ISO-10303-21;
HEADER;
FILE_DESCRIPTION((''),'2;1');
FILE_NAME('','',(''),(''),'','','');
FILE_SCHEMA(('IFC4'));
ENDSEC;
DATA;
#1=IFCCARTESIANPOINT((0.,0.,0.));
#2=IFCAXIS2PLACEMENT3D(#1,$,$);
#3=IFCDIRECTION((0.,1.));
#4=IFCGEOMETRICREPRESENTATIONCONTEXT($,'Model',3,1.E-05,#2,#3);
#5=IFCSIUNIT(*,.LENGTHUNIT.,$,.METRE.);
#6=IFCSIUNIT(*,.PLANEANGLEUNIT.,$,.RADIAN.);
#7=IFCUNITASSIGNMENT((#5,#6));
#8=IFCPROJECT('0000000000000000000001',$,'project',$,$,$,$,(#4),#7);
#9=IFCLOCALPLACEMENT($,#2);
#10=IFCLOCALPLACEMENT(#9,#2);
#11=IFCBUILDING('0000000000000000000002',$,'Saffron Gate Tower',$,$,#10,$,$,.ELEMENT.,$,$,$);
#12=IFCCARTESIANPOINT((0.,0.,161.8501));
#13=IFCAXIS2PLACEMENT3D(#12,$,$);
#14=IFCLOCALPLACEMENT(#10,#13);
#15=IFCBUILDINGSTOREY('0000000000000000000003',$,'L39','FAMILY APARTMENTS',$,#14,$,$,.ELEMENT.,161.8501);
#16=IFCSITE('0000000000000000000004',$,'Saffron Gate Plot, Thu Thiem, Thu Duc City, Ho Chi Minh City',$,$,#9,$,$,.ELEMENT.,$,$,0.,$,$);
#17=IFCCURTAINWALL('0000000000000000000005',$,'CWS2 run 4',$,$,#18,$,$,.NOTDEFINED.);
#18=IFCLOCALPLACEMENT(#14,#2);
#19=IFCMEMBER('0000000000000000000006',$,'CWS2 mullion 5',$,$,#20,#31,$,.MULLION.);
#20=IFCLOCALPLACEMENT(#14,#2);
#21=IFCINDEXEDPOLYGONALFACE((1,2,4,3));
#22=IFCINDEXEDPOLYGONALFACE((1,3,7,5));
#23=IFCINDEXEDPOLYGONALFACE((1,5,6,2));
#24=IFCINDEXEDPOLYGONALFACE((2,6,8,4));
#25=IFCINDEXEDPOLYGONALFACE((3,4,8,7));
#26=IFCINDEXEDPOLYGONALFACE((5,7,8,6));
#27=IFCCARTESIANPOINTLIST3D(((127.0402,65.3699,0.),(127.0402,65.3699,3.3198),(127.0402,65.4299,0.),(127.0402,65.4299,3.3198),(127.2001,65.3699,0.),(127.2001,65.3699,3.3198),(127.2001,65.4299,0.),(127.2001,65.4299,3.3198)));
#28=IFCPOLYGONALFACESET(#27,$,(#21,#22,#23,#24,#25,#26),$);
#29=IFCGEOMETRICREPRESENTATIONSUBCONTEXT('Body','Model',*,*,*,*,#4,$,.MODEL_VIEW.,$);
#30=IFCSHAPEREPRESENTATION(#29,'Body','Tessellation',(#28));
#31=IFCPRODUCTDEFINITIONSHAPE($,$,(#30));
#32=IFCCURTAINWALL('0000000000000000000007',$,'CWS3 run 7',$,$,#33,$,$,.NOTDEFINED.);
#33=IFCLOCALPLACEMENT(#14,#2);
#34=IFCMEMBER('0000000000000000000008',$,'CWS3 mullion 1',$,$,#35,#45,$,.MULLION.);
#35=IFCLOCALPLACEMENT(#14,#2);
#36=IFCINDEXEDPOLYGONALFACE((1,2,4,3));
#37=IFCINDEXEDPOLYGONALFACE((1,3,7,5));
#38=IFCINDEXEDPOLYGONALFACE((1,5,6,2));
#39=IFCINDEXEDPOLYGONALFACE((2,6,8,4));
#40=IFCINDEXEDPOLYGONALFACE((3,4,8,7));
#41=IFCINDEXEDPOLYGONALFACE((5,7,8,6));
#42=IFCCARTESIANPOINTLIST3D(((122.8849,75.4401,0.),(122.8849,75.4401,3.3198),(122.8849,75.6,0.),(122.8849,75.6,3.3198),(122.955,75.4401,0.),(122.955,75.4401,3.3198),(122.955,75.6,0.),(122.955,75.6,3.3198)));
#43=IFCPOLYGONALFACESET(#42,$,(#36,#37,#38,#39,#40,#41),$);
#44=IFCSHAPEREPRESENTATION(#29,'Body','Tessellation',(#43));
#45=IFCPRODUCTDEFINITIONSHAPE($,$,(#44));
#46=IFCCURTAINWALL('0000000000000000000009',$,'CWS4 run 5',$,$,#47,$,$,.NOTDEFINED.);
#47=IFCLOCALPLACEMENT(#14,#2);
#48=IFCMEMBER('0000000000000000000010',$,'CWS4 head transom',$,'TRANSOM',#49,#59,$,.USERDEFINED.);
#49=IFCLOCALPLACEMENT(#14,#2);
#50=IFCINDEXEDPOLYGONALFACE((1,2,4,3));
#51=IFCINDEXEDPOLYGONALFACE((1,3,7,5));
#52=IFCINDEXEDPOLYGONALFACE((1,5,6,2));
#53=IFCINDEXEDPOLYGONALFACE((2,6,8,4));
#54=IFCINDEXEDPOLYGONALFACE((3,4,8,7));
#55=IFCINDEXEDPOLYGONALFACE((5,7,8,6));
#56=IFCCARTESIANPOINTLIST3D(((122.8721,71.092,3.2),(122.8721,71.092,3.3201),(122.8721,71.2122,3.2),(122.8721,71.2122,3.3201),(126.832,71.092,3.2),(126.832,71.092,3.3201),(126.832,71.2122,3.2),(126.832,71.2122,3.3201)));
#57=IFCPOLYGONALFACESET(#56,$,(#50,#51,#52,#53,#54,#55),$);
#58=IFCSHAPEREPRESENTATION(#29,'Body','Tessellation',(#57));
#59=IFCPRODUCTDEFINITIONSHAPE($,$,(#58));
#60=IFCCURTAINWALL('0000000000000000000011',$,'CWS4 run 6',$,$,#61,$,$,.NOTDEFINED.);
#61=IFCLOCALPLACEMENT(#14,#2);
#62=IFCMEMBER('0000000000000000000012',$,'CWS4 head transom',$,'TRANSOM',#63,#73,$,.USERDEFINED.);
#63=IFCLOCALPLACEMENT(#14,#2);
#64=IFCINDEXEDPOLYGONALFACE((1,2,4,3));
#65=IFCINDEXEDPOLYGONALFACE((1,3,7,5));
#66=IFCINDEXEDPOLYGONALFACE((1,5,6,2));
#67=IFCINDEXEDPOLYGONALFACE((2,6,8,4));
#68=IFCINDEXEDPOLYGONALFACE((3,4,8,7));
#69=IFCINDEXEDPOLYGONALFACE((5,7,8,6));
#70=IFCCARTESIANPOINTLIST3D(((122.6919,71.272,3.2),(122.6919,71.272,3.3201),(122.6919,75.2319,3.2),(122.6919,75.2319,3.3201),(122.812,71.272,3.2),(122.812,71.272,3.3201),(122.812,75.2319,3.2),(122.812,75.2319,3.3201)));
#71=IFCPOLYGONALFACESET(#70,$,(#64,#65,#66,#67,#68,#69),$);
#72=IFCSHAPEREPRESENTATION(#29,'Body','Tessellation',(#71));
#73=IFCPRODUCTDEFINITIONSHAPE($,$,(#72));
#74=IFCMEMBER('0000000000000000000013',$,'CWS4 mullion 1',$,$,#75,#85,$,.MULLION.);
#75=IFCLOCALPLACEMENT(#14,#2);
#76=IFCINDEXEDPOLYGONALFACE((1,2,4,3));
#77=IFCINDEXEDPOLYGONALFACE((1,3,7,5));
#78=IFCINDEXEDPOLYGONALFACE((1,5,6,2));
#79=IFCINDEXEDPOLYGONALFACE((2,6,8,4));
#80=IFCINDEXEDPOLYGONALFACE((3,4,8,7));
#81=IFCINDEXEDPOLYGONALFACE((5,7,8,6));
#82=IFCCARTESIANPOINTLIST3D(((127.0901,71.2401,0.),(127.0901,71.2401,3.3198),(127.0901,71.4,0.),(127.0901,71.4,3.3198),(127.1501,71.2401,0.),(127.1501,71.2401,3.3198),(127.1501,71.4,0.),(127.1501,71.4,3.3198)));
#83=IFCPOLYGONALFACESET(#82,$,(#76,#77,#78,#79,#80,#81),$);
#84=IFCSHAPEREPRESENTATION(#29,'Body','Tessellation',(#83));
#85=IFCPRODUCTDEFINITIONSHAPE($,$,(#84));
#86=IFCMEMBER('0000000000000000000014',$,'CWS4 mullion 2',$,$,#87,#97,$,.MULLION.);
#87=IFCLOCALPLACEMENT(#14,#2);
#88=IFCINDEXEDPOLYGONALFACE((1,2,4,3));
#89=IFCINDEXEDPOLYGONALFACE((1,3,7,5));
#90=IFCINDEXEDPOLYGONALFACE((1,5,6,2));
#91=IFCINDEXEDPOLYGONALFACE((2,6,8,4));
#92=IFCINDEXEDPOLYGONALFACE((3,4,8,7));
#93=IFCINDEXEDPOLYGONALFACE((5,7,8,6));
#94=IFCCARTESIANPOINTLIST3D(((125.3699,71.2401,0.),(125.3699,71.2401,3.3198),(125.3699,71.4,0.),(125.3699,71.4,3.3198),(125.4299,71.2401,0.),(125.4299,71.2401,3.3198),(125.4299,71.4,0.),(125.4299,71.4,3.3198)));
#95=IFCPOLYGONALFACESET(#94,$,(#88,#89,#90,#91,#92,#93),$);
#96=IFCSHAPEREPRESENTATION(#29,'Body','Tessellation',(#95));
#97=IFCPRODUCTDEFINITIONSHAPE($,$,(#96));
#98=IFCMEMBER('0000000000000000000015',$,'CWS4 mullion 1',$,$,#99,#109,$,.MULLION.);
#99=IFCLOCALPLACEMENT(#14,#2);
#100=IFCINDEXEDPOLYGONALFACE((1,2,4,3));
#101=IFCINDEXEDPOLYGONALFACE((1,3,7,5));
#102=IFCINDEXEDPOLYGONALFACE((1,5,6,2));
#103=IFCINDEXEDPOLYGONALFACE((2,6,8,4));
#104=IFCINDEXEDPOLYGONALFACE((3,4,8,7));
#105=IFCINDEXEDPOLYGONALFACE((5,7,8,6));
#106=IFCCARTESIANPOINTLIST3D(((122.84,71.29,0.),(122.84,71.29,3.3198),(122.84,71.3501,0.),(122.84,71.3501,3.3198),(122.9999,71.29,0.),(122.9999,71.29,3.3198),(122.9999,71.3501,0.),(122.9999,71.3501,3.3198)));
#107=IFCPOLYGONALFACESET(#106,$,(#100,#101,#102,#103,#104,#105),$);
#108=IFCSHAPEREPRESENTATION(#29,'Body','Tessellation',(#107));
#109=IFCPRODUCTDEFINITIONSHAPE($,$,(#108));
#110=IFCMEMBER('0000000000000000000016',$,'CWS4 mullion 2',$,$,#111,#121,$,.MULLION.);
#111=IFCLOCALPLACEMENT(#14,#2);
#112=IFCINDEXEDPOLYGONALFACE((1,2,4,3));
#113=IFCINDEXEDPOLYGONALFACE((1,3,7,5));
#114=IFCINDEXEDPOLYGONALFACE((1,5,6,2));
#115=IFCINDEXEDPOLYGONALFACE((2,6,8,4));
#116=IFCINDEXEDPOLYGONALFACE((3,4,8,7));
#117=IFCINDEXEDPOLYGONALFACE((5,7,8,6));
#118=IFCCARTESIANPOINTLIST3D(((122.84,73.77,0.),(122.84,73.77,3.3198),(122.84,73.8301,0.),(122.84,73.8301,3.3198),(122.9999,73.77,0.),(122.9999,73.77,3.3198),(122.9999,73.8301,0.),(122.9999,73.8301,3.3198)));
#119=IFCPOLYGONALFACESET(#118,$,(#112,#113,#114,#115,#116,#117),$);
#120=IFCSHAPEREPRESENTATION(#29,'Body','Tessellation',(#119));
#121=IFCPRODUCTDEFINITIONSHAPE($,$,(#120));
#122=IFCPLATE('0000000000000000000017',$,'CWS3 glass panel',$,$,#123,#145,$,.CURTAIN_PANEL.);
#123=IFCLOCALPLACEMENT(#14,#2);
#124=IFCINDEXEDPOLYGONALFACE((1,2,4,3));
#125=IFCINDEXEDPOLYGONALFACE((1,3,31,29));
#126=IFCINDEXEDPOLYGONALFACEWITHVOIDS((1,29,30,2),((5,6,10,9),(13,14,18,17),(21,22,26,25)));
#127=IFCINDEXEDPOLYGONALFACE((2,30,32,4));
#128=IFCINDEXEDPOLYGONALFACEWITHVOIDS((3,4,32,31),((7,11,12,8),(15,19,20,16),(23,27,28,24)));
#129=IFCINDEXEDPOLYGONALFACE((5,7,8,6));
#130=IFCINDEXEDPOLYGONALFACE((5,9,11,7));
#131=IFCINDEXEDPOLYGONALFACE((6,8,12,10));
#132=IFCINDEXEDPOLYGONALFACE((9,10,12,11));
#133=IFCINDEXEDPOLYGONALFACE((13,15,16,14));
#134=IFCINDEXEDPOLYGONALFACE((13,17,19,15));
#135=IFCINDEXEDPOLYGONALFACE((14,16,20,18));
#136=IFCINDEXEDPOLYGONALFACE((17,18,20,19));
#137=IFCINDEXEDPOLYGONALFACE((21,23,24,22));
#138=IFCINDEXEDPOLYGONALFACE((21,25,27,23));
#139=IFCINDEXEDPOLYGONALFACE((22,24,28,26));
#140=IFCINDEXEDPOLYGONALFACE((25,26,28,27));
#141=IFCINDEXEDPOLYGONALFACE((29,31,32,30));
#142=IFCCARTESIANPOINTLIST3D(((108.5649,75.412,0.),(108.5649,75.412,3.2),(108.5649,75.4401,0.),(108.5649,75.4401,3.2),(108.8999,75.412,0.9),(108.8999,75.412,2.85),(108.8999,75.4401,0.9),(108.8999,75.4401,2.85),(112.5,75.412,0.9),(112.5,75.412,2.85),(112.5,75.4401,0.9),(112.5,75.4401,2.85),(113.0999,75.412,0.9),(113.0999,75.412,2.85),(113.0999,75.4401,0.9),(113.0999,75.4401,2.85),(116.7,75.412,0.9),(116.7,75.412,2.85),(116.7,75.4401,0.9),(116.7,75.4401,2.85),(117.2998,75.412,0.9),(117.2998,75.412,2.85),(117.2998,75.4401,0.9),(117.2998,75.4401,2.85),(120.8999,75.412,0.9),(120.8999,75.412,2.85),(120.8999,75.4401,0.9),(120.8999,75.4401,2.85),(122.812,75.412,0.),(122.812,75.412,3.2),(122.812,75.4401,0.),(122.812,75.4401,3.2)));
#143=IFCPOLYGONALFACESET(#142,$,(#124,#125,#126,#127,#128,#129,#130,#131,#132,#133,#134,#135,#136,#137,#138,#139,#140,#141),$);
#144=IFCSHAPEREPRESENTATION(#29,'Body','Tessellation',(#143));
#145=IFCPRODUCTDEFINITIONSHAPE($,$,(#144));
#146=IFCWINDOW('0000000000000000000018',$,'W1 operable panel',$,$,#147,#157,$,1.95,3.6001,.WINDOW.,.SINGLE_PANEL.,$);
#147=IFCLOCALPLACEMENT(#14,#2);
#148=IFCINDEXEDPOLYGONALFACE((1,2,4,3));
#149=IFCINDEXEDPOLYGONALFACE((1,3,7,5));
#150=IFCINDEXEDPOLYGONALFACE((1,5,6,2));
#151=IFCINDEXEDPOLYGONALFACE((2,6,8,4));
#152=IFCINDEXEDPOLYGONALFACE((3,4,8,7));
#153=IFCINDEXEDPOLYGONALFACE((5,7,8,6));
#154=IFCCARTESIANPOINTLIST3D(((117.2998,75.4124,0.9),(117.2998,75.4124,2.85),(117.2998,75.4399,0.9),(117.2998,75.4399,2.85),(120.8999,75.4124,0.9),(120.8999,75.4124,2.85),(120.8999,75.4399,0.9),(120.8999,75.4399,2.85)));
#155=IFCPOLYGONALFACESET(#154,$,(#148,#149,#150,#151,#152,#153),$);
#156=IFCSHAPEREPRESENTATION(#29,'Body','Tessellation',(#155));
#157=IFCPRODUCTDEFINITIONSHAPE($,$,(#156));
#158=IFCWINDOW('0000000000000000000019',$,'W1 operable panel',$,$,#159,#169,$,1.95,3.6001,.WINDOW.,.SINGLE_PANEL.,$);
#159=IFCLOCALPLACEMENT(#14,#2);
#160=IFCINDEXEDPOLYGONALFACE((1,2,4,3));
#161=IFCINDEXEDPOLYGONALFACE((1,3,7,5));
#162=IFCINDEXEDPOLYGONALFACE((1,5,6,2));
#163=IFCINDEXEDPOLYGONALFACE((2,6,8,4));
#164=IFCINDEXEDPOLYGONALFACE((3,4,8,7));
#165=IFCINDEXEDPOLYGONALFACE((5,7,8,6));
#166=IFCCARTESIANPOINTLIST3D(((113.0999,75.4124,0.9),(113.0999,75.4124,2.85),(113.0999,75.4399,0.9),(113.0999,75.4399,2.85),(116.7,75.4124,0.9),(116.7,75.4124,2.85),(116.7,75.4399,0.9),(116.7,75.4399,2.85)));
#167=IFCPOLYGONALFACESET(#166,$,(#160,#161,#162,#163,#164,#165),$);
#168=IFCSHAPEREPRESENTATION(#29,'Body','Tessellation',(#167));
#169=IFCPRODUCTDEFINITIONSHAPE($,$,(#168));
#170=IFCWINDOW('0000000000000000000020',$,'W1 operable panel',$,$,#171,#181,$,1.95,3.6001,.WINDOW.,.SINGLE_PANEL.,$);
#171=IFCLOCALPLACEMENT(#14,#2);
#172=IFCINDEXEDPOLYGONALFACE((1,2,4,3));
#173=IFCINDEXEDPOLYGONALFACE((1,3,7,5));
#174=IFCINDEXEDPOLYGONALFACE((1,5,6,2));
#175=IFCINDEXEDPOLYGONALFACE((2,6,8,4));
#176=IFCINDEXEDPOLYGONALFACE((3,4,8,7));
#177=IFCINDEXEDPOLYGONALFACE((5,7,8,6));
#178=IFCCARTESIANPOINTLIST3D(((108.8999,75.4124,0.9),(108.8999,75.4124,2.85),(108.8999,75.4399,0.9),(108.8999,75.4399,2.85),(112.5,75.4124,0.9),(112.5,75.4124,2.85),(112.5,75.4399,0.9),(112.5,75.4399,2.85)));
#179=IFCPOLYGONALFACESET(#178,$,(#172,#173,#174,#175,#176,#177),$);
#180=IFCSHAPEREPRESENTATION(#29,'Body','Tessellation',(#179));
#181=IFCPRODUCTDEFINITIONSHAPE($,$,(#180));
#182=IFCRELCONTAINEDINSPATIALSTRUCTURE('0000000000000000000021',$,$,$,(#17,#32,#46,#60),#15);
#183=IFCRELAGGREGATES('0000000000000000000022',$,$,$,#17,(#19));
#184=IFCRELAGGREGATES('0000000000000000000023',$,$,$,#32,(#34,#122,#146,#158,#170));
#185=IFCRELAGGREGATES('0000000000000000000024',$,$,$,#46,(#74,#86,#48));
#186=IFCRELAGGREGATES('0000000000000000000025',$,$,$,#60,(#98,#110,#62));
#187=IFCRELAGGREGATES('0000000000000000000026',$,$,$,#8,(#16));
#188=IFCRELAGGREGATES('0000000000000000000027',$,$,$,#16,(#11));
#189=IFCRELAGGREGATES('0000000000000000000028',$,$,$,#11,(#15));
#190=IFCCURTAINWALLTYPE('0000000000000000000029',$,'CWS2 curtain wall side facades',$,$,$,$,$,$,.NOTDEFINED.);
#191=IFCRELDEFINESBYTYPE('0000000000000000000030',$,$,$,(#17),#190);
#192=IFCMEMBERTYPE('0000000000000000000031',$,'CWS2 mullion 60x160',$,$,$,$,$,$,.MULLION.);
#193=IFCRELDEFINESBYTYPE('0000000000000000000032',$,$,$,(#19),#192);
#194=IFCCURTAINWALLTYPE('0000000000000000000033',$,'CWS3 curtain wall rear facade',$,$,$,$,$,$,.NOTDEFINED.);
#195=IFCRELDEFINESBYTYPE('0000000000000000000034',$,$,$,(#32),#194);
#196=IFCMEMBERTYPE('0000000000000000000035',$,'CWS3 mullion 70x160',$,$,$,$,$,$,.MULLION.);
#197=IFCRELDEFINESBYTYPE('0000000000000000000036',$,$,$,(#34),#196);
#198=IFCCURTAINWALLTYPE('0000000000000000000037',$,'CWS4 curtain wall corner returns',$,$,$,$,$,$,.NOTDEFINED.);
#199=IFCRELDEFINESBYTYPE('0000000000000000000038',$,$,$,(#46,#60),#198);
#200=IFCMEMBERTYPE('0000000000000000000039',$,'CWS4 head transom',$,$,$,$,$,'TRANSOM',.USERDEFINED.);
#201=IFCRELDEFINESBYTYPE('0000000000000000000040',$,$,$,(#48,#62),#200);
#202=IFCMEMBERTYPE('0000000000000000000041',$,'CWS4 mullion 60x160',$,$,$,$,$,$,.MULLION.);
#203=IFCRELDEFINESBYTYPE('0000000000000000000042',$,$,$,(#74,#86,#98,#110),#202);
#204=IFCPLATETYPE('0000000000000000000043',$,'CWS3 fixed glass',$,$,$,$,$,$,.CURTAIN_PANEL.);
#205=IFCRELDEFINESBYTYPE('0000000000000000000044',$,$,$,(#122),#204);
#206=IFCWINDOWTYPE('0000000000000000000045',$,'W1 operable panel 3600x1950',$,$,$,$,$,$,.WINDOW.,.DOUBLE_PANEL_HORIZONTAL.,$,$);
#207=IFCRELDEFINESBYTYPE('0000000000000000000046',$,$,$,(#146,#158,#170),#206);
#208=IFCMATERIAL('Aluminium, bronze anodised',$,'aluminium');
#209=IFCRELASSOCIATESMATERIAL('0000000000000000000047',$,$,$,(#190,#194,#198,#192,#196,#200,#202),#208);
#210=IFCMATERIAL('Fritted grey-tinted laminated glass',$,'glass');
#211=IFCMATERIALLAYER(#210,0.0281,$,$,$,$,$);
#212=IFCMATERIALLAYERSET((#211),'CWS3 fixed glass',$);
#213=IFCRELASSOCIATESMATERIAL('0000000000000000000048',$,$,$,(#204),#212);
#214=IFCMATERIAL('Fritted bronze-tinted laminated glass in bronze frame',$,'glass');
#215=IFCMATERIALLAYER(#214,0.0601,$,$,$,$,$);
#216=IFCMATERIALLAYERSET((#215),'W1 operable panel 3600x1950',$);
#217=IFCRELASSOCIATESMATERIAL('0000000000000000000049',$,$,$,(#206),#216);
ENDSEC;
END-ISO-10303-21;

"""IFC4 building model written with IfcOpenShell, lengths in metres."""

from ifc_helpers import new_model, si_unit, direction, frame, frame_2d, origin, origin_2d, place, context, subcontext, project, spatial, rectangle, extrude, material, layer, layer_set, material_profile, profile_set, type_object, element, fill, aggregate, save


model = new_model("IFC4")

# Units and contexts
model_context = context("Model", 3, precision=1e-05, world=origin(), true_north=direction((0.0, 1.0)))
body_context = subcontext(model_context, "Body", "Model", "MODEL_VIEW")
ifc_project = project(units=[si_unit("LENGTHUNIT", "METRE"), si_unit("PLANEANGLEUNIT", "RADIAN")], contexts=[model_context])

# Site, building, storey
site_placement = place(None, origin())
site = spatial("IfcSite", under=ifc_project, at=site_placement, Name="Saffron Gate Plot, Thu Thiem, Thu Duc City, Ho Chi Minh City", CompositionType="ELEMENT", RefElevation=0.0)
building_placement = place(site_placement, origin())
building = spatial("IfcBuilding", under=site, at=building_placement, Name="Saffron Gate Tower", CompositionType="ELEMENT")
storey_placement = place(building_placement, frame((0.0, 0.0, 161.8501)))
storey = spatial("IfcBuildingStorey", under=building, at=storey_placement, Name="L39", Description="FAMILY APARTMENTS", CompositionType="ELEMENT", Elevation=161.8501)

# Curtain walls, members
ifc_material_1 = material(Name="Aluminium, bronze anodised", Category="aluminium")
curtain_wall_type_1 = type_object("IfcCurtainWallType", Name="CWS2 curtain wall side facades", PredefinedType="NOTDEFINED", material=ifc_material_1)
curtain_wall_1_placement = place(storey_placement, origin())
curtain_wall_1 = element("IfcCurtainWall", 1, at=curtain_wall_1_placement, inside=storey, type_object=curtain_wall_type_1, Name="CWS2 run 4", PredefinedType="NOTDEFINED")
ifc_material_profile_1 = material_profile(ifc_material_1, rectangle(XDim=0.1599, YDim=0.0601, at=origin_2d()))
ifc_profile_set_1 = profile_set([ifc_material_profile_1], Name="Aluminium, bronze anodised")
member_type_1 = type_object("IfcMemberType", Name="CWS2 mullion 60x160", PredefinedType="MULLION", material=ifc_profile_set_1)
member_1_placement = place(storey_placement, frame((127.1201, 65.3999, 0.0), z_axis=(0.0, 0.0, 1.0), x_axis=(-1.0, 0.0, 0.0)))
member_1 = element("IfcMember", 2, at=member_1_placement, type_object=member_type_1, Name="CWS2 mullion 5", PredefinedType="MULLION", context=body_context, shape_type="SweptSolid", body=[
    extrude(rectangle(XDim=0.1599, YDim=0.0601, at=origin_2d()), origin(), (0.0, 0.0, 1.0), 3.3198),
])
aggregate(curtain_wall_1, [member_1])
curtain_wall_type_2 = type_object("IfcCurtainWallType", Name="CWS3 curtain wall rear facade", PredefinedType="NOTDEFINED", material=ifc_material_1)
curtain_wall_2_placement = place(storey_placement, origin())
curtain_wall_2 = element("IfcCurtainWall", 3, at=curtain_wall_2_placement, inside=storey, type_object=curtain_wall_type_2, Name="CWS3 run 7", PredefinedType="NOTDEFINED")
ifc_material_profile_2 = material_profile(ifc_material_1, rectangle(XDim=0.1599, YDim=0.0701, at=origin_2d()))
ifc_profile_set_2 = profile_set([ifc_material_profile_2], Name="Aluminium, bronze anodised")
member_type_2 = type_object("IfcMemberType", Name="CWS3 mullion 70x160", PredefinedType="MULLION", material=ifc_profile_set_2)
member_2_placement = place(storey_placement, frame((122.9199, 75.52, 0.0), z_axis=(0.0, 0.0, 1.0), x_axis=(0.0, -1.0, 0.0)))
member_2 = element("IfcMember", 4, at=member_2_placement, type_object=member_type_2, Name="CWS3 mullion 1", PredefinedType="MULLION", context=body_context, shape_type="SweptSolid", body=[
    extrude(rectangle(XDim=0.1599, YDim=0.0701, at=origin_2d()), origin(), (0.0, 0.0, 1.0), 3.3198),
])
curtain_wall_type_3 = type_object("IfcCurtainWallType", Name="CWS4 curtain wall corner returns", PredefinedType="NOTDEFINED", material=ifc_material_1)
curtain_wall_3_placement = place(storey_placement, origin())
curtain_wall_3 = element("IfcCurtainWall", 5, at=curtain_wall_3_placement, inside=storey, type_object=curtain_wall_type_3, Name="CWS4 run 5", PredefinedType="NOTDEFINED")
ifc_material_profile_3 = material_profile(ifc_material_1, rectangle(XDim=0.1201, YDim=0.1201, at=origin_2d()))
ifc_profile_set_3 = profile_set([ifc_material_profile_3], Name="Aluminium, bronze anodised")
member_type_3 = type_object("IfcMemberType", Name="CWS4 head transom", ElementType="TRANSOM", PredefinedType="USERDEFINED", material=ifc_profile_set_3)
member_3_placement = place(storey_placement, frame((126.832, 71.1521, 3.26), z_axis=(-1.0, 0.0, 0.0), x_axis=(0.0, -1.0, 0.0)))
member_3 = element("IfcMember", 6, at=member_3_placement, type_object=member_type_3, Name="CWS4 head transom", ObjectType="TRANSOM", PredefinedType="USERDEFINED", context=body_context, shape_type="SweptSolid", body=[
    extrude(rectangle(XDim=0.1201, YDim=0.1201, at=origin_2d()), origin(), (0.0, 0.0, 1.0), 3.96),
])
curtain_wall_4_placement = place(storey_placement, origin())
curtain_wall_4 = element("IfcCurtainWall", 7, at=curtain_wall_4_placement, inside=storey, type_object=curtain_wall_type_3, Name="CWS4 run 6", PredefinedType="NOTDEFINED")
member_4_placement = place(storey_placement, frame((122.752, 71.272, 3.26), z_axis=(0.0, 1.0, 0.0), x_axis=(-1.0, 0.0, 0.0)))
member_4 = element("IfcMember", 8, at=member_4_placement, type_object=member_type_3, Name="CWS4 head transom", ObjectType="TRANSOM", PredefinedType="USERDEFINED", context=body_context, shape_type="SweptSolid", body=[
    extrude(rectangle(XDim=0.1201, YDim=0.1201, at=origin_2d()), origin(), (0.0, 0.0, 1.0), 3.96),
])

# Members
ifc_material_profile_4 = material_profile(ifc_material_1, rectangle(XDim=0.1599, YDim=0.0601, at=origin_2d()))
ifc_profile_set_4 = profile_set([ifc_material_profile_4], Name="Aluminium, bronze anodised")
member_type_4 = type_object("IfcMemberType", Name="CWS4 mullion 60x160", PredefinedType="MULLION", material=ifc_profile_set_4)
member_5_placement = place(storey_placement, frame((127.1201, 71.3201, 0.0), z_axis=(0.0, 0.0, 1.0), x_axis=(0.0, -1.0, 0.0)))
member_5 = element("IfcMember", 9, at=member_5_placement, type_object=member_type_4, Name="CWS4 mullion 1", PredefinedType="MULLION", context=body_context, shape_type="SweptSolid", body=[
    extrude(rectangle(XDim=0.1599, YDim=0.0601, at=origin_2d()), origin(), (0.0, 0.0, 1.0), 3.3198),
])
member_6_placement = place(storey_placement, frame((125.3999, 71.3201, 0.0), z_axis=(0.0, 0.0, 1.0), x_axis=(0.0, -1.0, 0.0)))
member_6 = element("IfcMember", 10, at=member_6_placement, type_object=member_type_4, Name="CWS4 mullion 2", PredefinedType="MULLION", context=body_context, shape_type="SweptSolid", body=[
    extrude(rectangle(XDim=0.1599, YDim=0.0601, at=origin_2d()), origin(), (0.0, 0.0, 1.0), 3.3198),
])
member_7_placement = place(storey_placement, frame((122.9199, 71.3201, 0.0), z_axis=(0.0, 0.0, 1.0), x_axis=(-1.0, 0.0, 0.0)))
member_7 = element("IfcMember", 11, at=member_7_placement, type_object=member_type_4, Name="CWS4 mullion 1", PredefinedType="MULLION", context=body_context, shape_type="SweptSolid", body=[
    extrude(rectangle(XDim=0.1599, YDim=0.0601, at=origin_2d()), origin(), (0.0, 0.0, 1.0), 3.3198),
])
member_8_placement = place(storey_placement, frame((122.9199, 73.8, 0.0), z_axis=(0.0, 0.0, 1.0), x_axis=(-1.0, 0.0, 0.0)))
member_8 = element("IfcMember", 12, at=member_8_placement, type_object=member_type_4, Name="CWS4 mullion 2", PredefinedType="MULLION", context=body_context, shape_type="SweptSolid", body=[
    extrude(rectangle(XDim=0.1599, YDim=0.0601, at=origin_2d()), origin(), (0.0, 0.0, 1.0), 3.3198),
])

# Plate, openings, windows
ifc_material_2 = material(Name="Fritted grey-tinted laminated glass", Category="glass")
ifc_layer_1 = layer(ifc_material_2, 0.0281)
ifc_layer_set_1 = layer_set([ifc_layer_1], Name="CWS3 fixed glass")
plate_type_1 = type_object("IfcPlateType", Name="CWS3 fixed glass", PredefinedType="CURTAIN_PANEL", material=ifc_layer_set_1)
plate_1_placement = place(storey_placement, frame((122.812, 75.426, 0.0), z_axis=(0.0, 0.0, 1.0), x_axis=(-1.0, 0.0, 0.0)))
plate_1 = element("IfcPlate", 13, at=plate_1_placement, type_object=plate_type_1, Name="CWS3 glass panel", PredefinedType="CURTAIN_PANEL", context=body_context, shape_type="SweptSolid", body=[
    extrude(rectangle(XDim=14.2471, YDim=0.0281, at=frame_2d((7.1235, 0.0))), origin(), (0.0, 0.0, 1.0), 3.2),
])
opening_1_placement = place(plate_1_placement, frame((1.9121, 0.0, 0.8999)))
opening_1 = element("IfcOpeningElement", 14, at=opening_1_placement, cuts=plate_1, PredefinedType="OPENING", context=body_context, shape_type="SweptSolid", body=[
    extrude(rectangle(XDim=3.6001, YDim=1.95, at=frame_2d((1.8, 0.9751))), frame((0.0, 0.0239, 0.0), z_axis=(0.0, -1.0, 0.0), x_axis=(1.0, 0.0, 0.0)), (0.0, 0.0, 1.0), 0.0481),
])
opening_2_placement = place(plate_1_placement, frame((6.1121, 0.0, 0.8999)))
opening_2 = element("IfcOpeningElement", 15, at=opening_2_placement, cuts=plate_1, PredefinedType="OPENING", context=body_context, shape_type="SweptSolid", body=[
    extrude(rectangle(XDim=3.6001, YDim=1.95, at=frame_2d((1.8, 0.9751))), frame((0.0, 0.0239, 0.0), z_axis=(0.0, -1.0, 0.0), x_axis=(1.0, 0.0, 0.0)), (0.0, 0.0, 1.0), 0.0481),
])
opening_3_placement = place(plate_1_placement, frame((10.312, 0.0, 0.8999)))
opening_3 = element("IfcOpeningElement", 16, at=opening_3_placement, cuts=plate_1, PredefinedType="OPENING", context=body_context, shape_type="SweptSolid", body=[
    extrude(rectangle(XDim=3.6001, YDim=1.95, at=frame_2d((1.8, 0.9751))), frame((0.0, 0.0239, 0.0), z_axis=(0.0, -1.0, 0.0), x_axis=(1.0, 0.0, 0.0)), (0.0, 0.0, 1.0), 0.0481),
])
ifc_material_3 = material(Name="Fritted bronze-tinted laminated glass in bronze frame", Category="glass")
ifc_layer_2 = layer(ifc_material_3, 0.0601)
ifc_layer_set_2 = layer_set([ifc_layer_2], Name="W1 operable panel 3600x1950")
window_type = type_object("IfcWindowType", Name="W1 operable panel 3600x1950", PartitioningType="DOUBLE_PANEL_HORIZONTAL", PredefinedType="WINDOW", material=ifc_layer_set_2)
window_1_placement = place(opening_1_placement, origin())
window_1 = element("IfcWindow", 17, at=window_1_placement, type_object=window_type, Name="W1 operable panel", OverallHeight=1.95, OverallWidth=3.6001, PartitioningType="SINGLE_PANEL", PredefinedType="WINDOW", context=body_context, shape_type="SweptSolid", body=[
    extrude(rectangle(XDim=3.6001, YDim=1.95, at=frame_2d((1.8, 0.9751))), frame((0.0, 0.0137, 0.0), z_axis=(0.0, -1.0, 0.0), x_axis=(1.0, 0.0, 0.0)), (0.0, 0.0, 1.0), 0.0276),
])
fill(opening_1, window_1)
window_2_placement = place(opening_2_placement, origin())
window_2 = element("IfcWindow", 18, at=window_2_placement, type_object=window_type, Name="W1 operable panel", OverallHeight=1.95, OverallWidth=3.6001, PartitioningType="SINGLE_PANEL", PredefinedType="WINDOW", context=body_context, shape_type="SweptSolid", body=[
    extrude(rectangle(XDim=3.6001, YDim=1.95, at=frame_2d((1.8, 0.9751))), frame((0.0, 0.0137, 0.0), z_axis=(0.0, -1.0, 0.0), x_axis=(1.0, 0.0, 0.0)), (0.0, 0.0, 1.0), 0.0276),
])
fill(opening_2, window_2)
window_3_placement = place(opening_3_placement, origin())
window_3 = element("IfcWindow", 19, at=window_3_placement, type_object=window_type, Name="W1 operable panel", OverallHeight=1.95, OverallWidth=3.6001, PartitioningType="SINGLE_PANEL", PredefinedType="WINDOW", context=body_context, shape_type="SweptSolid", body=[
    extrude(rectangle(XDim=3.6001, YDim=1.95, at=frame_2d((1.8, 0.9751))), frame((0.0, 0.0137, 0.0), z_axis=(0.0, -1.0, 0.0), x_axis=(1.0, 0.0, 0.0)), (0.0, 0.0, 1.0), 0.0276),
])
fill(opening_3, window_3)
aggregate(curtain_wall_2, [member_2, plate_1, window_1, window_2, window_3])

aggregate(curtain_wall_3, [member_5, member_6, member_3])
aggregate(curtain_wall_4, [member_7, member_8, member_4])

save(model, "model.ifc")
